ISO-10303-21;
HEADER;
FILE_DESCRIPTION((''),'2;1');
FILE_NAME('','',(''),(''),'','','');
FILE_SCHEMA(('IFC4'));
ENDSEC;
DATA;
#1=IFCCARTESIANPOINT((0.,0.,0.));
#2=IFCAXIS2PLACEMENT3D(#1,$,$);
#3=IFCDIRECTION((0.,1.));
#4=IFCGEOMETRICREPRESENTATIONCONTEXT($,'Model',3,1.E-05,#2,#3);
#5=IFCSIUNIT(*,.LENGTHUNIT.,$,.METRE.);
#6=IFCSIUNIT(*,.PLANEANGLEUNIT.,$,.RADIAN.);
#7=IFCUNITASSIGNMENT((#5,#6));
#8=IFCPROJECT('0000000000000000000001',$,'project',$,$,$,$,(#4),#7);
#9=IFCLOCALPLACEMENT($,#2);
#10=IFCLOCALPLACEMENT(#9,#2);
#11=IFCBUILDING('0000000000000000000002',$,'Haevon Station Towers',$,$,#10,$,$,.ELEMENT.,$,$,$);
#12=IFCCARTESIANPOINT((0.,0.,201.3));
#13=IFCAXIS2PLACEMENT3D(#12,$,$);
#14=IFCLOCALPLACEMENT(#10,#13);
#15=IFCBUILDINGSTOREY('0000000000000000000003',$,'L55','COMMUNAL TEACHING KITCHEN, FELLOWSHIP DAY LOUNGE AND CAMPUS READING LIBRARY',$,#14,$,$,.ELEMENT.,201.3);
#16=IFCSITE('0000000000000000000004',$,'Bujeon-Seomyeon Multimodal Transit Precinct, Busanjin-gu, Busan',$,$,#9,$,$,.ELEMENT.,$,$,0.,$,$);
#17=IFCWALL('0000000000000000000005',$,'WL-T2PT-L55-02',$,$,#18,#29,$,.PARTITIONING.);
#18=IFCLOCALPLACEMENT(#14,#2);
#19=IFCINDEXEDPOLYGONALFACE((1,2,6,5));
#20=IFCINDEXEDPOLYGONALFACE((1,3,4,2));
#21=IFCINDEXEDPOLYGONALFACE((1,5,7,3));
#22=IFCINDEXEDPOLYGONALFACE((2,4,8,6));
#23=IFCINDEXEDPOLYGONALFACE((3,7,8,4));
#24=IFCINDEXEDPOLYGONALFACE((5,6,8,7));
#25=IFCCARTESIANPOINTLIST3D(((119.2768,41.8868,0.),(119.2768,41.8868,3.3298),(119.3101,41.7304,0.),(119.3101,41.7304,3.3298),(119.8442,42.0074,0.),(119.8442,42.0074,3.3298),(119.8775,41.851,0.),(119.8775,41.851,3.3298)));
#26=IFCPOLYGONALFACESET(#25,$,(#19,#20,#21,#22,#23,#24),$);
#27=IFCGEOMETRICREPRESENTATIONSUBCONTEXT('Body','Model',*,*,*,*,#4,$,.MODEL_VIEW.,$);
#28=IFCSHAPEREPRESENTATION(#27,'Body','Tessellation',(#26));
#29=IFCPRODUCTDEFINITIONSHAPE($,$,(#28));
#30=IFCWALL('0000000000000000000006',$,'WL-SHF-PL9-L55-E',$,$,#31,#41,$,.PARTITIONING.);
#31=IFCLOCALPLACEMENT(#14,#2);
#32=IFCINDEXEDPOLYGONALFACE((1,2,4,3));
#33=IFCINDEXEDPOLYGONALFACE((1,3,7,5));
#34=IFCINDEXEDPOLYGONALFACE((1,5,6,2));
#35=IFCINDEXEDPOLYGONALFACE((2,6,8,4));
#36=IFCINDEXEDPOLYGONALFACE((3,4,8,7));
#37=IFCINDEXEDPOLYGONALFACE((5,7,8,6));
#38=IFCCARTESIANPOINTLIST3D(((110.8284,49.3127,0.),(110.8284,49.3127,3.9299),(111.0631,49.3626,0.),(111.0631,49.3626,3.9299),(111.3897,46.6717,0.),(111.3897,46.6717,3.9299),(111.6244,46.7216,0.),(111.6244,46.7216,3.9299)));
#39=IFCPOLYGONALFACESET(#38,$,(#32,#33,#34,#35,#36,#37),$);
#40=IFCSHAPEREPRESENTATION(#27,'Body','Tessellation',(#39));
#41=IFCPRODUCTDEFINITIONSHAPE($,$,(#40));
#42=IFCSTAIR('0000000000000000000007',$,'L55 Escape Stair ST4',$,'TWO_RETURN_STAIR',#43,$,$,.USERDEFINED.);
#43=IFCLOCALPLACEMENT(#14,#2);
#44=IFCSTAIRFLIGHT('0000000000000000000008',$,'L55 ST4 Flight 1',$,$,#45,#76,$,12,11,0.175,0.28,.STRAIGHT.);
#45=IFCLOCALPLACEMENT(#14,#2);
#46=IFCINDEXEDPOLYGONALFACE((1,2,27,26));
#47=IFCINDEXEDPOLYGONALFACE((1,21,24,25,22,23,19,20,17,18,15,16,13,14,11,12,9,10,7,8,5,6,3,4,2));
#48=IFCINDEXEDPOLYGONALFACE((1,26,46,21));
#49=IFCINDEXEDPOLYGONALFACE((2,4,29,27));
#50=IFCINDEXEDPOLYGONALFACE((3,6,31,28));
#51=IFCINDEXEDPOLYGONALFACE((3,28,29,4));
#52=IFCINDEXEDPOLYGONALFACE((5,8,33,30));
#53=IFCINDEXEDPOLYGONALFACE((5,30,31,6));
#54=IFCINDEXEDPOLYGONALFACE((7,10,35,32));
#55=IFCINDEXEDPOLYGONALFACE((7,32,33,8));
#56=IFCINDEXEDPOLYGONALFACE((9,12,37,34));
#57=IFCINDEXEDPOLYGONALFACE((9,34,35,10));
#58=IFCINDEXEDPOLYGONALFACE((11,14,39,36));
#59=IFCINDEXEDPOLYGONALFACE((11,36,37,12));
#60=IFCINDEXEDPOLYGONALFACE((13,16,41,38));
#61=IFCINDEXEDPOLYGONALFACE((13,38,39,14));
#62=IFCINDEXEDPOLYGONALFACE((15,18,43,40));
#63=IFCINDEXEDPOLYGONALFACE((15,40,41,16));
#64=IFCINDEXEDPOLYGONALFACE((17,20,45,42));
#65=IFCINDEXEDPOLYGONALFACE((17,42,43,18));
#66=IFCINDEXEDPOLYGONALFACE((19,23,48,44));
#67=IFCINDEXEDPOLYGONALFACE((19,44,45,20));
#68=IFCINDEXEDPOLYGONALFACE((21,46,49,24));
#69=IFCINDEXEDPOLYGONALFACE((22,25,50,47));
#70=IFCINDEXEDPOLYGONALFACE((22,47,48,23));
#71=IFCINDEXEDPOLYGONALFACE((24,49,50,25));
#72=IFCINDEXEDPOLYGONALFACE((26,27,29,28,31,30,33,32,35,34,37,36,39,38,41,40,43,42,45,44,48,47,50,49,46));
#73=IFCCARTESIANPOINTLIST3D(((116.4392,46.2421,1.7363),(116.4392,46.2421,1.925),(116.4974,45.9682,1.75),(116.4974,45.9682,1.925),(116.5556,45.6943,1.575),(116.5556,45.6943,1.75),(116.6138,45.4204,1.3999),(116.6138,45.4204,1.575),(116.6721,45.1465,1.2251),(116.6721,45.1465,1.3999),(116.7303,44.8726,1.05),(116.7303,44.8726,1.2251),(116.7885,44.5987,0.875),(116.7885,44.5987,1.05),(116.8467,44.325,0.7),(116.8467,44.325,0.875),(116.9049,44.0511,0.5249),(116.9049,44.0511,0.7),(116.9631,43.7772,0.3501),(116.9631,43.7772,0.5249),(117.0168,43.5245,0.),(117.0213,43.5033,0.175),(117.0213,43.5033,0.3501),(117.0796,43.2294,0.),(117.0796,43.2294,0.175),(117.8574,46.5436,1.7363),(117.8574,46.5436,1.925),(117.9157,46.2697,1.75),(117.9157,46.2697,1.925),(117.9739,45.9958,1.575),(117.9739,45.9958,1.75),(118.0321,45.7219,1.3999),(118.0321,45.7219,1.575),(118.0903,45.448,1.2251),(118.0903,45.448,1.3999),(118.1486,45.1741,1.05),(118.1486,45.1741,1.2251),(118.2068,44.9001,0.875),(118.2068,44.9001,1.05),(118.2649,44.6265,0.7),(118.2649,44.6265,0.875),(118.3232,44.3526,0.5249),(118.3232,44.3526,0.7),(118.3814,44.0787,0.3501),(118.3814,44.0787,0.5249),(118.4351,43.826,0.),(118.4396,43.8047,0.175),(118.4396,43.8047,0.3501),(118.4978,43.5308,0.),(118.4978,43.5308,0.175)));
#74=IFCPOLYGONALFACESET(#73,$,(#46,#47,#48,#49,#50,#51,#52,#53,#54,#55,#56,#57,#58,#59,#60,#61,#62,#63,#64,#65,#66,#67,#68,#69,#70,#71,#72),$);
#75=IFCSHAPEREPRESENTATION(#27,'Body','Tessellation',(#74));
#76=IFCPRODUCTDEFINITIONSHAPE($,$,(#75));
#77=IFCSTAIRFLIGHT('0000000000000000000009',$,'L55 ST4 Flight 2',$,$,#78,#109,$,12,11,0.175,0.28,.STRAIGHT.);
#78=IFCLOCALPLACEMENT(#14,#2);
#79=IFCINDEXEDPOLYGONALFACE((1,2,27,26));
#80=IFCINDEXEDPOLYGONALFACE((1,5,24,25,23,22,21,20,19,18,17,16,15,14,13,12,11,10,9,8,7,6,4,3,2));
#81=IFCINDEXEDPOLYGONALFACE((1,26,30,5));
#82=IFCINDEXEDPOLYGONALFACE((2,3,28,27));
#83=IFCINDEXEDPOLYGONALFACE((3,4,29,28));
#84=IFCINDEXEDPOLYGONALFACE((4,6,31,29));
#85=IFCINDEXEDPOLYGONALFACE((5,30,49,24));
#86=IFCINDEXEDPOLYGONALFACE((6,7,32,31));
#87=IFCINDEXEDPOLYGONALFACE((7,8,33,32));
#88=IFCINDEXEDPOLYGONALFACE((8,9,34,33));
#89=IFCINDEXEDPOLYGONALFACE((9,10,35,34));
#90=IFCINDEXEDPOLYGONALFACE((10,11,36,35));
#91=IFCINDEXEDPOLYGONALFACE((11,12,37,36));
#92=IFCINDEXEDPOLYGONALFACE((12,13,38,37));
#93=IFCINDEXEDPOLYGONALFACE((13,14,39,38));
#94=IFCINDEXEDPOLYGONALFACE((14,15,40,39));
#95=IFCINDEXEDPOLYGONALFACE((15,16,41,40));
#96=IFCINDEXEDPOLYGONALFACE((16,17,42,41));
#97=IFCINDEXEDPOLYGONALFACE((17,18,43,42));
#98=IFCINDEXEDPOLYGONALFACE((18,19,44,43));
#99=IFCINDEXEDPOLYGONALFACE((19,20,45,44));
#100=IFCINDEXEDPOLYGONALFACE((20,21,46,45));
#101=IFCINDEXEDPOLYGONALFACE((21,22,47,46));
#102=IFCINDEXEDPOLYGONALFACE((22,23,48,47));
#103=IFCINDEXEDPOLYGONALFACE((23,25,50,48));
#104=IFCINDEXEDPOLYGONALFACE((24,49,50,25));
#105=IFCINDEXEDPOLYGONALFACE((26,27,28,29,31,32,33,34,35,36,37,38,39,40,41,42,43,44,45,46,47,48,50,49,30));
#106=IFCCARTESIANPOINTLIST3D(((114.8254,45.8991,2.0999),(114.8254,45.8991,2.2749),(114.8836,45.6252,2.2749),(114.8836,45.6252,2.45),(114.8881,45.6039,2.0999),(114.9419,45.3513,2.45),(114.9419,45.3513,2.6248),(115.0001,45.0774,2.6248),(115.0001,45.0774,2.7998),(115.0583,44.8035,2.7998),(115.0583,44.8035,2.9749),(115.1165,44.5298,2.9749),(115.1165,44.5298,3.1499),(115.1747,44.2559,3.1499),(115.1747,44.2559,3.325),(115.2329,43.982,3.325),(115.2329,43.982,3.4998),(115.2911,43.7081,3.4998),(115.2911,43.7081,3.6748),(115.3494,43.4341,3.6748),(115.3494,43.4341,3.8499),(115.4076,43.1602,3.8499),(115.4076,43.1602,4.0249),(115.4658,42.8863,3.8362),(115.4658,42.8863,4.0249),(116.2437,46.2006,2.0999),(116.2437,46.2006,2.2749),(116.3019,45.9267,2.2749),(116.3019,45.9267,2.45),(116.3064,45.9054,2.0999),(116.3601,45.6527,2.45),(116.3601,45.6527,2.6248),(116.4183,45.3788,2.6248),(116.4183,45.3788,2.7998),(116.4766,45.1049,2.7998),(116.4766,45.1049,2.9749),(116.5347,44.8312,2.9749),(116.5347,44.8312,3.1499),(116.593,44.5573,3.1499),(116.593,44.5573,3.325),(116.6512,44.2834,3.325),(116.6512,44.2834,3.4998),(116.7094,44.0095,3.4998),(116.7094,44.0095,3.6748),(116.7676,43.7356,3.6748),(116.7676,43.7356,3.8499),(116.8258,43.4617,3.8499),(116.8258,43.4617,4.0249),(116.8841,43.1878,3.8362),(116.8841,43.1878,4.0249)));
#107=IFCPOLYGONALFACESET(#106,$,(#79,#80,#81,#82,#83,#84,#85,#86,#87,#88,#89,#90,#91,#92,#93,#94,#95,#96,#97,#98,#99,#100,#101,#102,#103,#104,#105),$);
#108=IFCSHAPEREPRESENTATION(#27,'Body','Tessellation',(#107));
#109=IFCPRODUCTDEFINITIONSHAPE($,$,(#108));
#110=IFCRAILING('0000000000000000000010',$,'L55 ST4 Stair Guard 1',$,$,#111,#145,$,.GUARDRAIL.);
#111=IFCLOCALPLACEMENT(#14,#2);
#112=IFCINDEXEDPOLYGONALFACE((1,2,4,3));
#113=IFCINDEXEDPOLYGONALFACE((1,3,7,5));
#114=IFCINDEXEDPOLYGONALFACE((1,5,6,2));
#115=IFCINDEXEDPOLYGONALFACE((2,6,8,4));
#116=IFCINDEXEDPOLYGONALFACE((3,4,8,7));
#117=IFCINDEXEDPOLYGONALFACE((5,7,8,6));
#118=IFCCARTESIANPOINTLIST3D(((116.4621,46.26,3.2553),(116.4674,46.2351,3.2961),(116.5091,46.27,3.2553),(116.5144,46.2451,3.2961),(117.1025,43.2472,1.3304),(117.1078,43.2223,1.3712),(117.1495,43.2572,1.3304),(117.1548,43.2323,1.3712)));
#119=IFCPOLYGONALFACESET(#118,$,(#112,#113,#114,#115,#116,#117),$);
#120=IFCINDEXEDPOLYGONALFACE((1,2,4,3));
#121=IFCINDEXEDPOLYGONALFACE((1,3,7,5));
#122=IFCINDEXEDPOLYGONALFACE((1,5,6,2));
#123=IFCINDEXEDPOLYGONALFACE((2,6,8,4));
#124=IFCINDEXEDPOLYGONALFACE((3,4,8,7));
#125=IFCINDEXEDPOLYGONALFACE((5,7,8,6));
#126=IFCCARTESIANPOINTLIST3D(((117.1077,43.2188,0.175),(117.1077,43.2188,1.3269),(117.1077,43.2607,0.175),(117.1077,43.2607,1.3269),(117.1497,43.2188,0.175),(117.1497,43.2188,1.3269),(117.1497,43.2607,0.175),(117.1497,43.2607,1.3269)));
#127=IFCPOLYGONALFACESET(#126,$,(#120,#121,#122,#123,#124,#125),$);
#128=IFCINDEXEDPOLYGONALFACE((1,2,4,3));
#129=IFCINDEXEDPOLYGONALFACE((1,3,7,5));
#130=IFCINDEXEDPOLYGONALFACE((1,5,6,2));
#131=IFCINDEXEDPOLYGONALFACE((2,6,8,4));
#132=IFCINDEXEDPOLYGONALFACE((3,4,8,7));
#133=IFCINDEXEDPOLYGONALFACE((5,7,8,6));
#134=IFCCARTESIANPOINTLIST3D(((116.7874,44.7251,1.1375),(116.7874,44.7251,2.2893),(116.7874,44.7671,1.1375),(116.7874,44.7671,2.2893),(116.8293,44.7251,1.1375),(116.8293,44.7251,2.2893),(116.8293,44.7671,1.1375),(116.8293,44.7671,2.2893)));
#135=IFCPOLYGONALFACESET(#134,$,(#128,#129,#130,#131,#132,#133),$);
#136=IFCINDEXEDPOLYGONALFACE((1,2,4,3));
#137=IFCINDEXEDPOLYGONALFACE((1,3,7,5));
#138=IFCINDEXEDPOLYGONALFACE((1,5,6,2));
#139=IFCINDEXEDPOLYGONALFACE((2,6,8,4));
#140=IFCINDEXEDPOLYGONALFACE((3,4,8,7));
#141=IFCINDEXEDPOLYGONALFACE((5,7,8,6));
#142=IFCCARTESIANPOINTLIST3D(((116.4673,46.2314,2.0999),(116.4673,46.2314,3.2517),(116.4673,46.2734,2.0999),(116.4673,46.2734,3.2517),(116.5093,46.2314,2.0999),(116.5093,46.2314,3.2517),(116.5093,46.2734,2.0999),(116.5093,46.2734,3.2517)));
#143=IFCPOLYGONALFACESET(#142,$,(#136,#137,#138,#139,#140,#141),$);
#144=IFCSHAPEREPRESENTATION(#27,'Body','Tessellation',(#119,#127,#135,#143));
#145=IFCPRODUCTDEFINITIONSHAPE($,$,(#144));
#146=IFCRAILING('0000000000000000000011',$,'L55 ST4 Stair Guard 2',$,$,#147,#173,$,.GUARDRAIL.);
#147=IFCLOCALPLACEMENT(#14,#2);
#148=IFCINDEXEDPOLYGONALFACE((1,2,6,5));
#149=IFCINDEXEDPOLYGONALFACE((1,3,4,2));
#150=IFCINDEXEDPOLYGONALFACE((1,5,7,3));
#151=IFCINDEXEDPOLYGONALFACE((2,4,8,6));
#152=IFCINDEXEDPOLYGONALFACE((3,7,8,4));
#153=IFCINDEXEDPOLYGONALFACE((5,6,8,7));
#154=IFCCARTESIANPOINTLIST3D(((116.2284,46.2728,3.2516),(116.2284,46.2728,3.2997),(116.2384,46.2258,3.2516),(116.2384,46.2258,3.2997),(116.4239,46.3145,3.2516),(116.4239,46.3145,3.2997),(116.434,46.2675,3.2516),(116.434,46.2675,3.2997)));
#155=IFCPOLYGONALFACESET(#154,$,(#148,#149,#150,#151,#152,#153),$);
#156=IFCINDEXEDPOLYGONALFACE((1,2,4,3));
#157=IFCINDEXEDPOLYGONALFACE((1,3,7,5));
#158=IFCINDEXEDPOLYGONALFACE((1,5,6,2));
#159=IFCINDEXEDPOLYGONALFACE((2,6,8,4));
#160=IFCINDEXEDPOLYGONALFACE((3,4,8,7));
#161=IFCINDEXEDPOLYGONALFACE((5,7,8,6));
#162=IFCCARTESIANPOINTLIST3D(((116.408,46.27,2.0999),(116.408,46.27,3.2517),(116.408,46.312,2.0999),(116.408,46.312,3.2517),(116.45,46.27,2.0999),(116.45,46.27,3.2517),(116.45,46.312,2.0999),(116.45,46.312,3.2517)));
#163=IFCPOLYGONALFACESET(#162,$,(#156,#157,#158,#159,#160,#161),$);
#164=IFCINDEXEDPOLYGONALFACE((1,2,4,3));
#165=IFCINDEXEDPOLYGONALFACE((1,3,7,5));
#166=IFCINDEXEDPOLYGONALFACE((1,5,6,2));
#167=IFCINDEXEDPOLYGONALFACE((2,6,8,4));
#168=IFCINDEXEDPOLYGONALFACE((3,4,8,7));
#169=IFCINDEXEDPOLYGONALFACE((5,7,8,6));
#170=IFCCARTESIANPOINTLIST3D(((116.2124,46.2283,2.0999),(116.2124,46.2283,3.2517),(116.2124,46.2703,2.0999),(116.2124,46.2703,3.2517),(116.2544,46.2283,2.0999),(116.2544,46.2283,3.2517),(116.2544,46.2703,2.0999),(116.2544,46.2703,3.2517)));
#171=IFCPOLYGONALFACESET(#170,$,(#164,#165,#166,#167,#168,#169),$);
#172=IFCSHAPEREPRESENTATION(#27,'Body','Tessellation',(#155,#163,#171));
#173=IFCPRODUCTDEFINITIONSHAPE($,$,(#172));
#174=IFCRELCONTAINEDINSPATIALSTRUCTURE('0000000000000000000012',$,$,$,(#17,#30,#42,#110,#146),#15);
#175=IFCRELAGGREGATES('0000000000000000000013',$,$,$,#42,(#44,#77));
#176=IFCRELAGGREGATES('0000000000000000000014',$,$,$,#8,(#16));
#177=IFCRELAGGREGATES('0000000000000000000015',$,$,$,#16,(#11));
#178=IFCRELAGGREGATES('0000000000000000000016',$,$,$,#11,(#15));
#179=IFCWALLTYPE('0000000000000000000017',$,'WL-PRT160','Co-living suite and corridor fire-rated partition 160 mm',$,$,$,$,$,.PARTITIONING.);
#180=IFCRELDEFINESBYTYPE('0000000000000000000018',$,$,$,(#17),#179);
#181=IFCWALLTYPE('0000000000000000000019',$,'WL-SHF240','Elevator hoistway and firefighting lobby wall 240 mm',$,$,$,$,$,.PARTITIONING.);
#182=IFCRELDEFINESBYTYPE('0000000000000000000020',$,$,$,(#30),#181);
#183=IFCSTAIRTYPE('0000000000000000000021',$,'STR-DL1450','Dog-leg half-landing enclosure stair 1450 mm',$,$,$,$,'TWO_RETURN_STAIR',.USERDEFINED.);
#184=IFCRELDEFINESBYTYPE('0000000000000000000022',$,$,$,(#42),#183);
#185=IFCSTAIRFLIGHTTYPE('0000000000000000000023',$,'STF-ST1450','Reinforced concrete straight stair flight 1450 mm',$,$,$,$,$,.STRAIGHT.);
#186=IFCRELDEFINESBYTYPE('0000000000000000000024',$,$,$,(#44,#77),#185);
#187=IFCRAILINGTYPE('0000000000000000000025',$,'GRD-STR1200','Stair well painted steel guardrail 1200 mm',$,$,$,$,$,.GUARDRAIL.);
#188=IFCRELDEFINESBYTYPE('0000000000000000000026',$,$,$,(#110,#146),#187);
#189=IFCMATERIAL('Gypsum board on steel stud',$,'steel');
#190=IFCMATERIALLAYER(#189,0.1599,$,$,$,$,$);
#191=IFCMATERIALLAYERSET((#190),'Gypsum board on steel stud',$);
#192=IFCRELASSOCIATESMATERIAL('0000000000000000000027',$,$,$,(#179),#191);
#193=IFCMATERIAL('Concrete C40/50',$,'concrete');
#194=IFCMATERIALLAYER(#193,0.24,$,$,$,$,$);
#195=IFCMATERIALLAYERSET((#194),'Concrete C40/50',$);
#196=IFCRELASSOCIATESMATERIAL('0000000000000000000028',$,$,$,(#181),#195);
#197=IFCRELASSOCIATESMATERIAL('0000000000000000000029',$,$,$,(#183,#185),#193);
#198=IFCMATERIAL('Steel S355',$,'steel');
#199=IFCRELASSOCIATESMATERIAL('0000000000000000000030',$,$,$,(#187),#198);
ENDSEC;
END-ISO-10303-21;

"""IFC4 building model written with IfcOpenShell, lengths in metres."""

from ifc_helpers import new_model, si_unit, direction, frame, frame_2d, origin, origin_2d, place, context, subcontext, project, spatial, polyline, rectangle, outline, extrude, material, layer, layer_set, type_object, element, aggregate, save


model = new_model("IFC4")

# Units and contexts
model_context = context("Model", 3, precision=1e-05, world=origin(), true_north=direction((0.0, 1.0)))
body_context = subcontext(model_context, "Body", "Model", "MODEL_VIEW")
ifc_project = project(units=[si_unit("LENGTHUNIT", "METRE"), si_unit("PLANEANGLEUNIT", "RADIAN")], contexts=[model_context])

# Site, building, storey
site_placement = place(None, origin())
site = spatial("IfcSite", under=ifc_project, at=site_placement, Name="Bujeon-Seomyeon Multimodal Transit Precinct, Busanjin-gu, Busan", CompositionType="ELEMENT", RefElevation=0.0)
building_placement = place(site_placement, origin())
building = spatial("IfcBuilding", under=site, at=building_placement, Name="Haevon Station Towers", CompositionType="ELEMENT")
storey_placement = place(building_placement, frame((0.0, 0.0, 201.3)))
storey = spatial("IfcBuildingStorey", under=building, at=storey_placement, Name="L55", Description="COMMUNAL TEACHING KITCHEN, FELLOWSHIP DAY LOUNGE AND CAMPUS READING LIBRARY", CompositionType="ELEMENT", Elevation=201.3)

# Shared definitions
ifc_material_1 = material(Name="Steel S355", Category="steel")

# Walls
ifc_material_2 = material(Name="Gypsum board on steel stud", Category="steel")
ifc_layer_1 = layer(ifc_material_2, 0.1599)
ifc_layer_set_1 = layer_set([ifc_layer_1], Name="Gypsum board on steel stud")
wall_type_1 = type_object("IfcWallType", Name="WL-PRT160", Description="Co-living suite and corridor fire-rated partition 160 mm", PredefinedType="PARTITIONING", material=ifc_layer_set_1)
wall_1_placement = place(storey_placement, frame((119.2935, 41.8086, 0.0), z_axis=(0.0, 0.0, 1.0), x_axis=(0.978146, 0.207919, 0.0)))
element("IfcWall", 1, at=wall_1_placement, inside=storey, type_object=wall_type_1, Name="WL-T2PT-L55-02", PredefinedType="PARTITIONING", context=body_context, shape_type="SweptSolid", body=[
    extrude(rectangle(XDim=0.5801, YDim=0.1599, at=frame_2d((0.29, 0.0))), origin(), (0.0, 0.0, 1.0), 3.3298),
])
ifc_material_3 = material(Name="Concrete C40/50", Category="concrete")
ifc_layer_2 = layer(ifc_material_3, 0.24)
ifc_layer_set_2 = layer_set([ifc_layer_2], Name="Concrete C40/50")
wall_type_2 = type_object("IfcWallType", Name="WL-SHF240", Description="Elevator hoistway and firefighting lobby wall 240 mm", PredefinedType="PARTITIONING", material=ifc_layer_set_2)
wall_2_placement = place(storey_placement, frame((111.5071, 46.6965, 0.0), z_axis=(0.0, 0.0, 1.0), x_axis=(-0.207892, 0.978152, 0.0)))
element("IfcWall", 2, at=wall_2_placement, inside=storey, type_object=wall_type_2, Name="WL-SHF-PL9-L55-E", PredefinedType="PARTITIONING", context=body_context, shape_type="SweptSolid", body=[
    extrude(rectangle(XDim=2.7, YDim=0.24, at=frame_2d((1.3501, 0.0))), origin(), (0.0, 0.0, 1.0), 3.9299),
])

# Stair, stair flights
stair_type = type_object("IfcStairType", Name="STR-DL1450", Description="Dog-leg half-landing enclosure stair 1450 mm", ElementType="TWO_RETURN_STAIR", PredefinedType="USERDEFINED", material=ifc_material_3)
stair_placement = place(storey_placement, origin())
stair = element("IfcStair", 3, at=stair_placement, inside=storey, type_object=stair_type, Name="L55 Escape Stair ST4", ObjectType="TWO_RETURN_STAIR", PredefinedType="USERDEFINED")
stair_flight_type = type_object("IfcStairFlightType", Name="STF-ST1450", Description="Reinforced concrete straight stair flight 1450 mm", PredefinedType="STRAIGHT", material=ifc_material_3)
stair_flight_1_placement = place(storey_placement, frame((117.7888, 43.3801, 0.0), z_axis=(0.0, 0.0, 1.0), x_axis=(-0.207912, 0.978148, 0.0)))
stair_flight_1 = element("IfcStairFlight", 4, at=stair_flight_1_placement, type_object=stair_flight_type, Name="L55 ST4 Flight 1", NumberOfRisers=12, NumberOfTreads=11, PredefinedType="STRAIGHT", RiserHeight=0.175, TreadLength=0.28, context=body_context, shape_type="SweptSolid", body=[
    extrude(outline(polyline([(0.0, 0.0), (0.0, 0.175), (0.28, 0.175), (0.28, 0.3501), (0.5601, 0.3501), (0.5601, 0.5249), (0.8401, 0.5249), (0.8401, 0.7), (1.1201, 0.7), (1.1201, 0.875), (1.3999, 0.875), (1.3999, 1.05), (1.6799, 1.05), (1.6799, 1.2251), (1.96, 1.2251), (1.96, 1.3999), (2.24, 1.3999), (2.24, 1.575), (2.52, 1.575), (2.52, 1.75), (2.8, 1.75), (2.8, 1.925), (3.0801, 1.925), (3.0801, 2.1001), (3.0801, 1.7363), (0.3018, 0.0), (0.0, 0.0)])), frame((0.0, 0.7251, 0.0), z_axis=(0.0, -1.0, 0.0), x_axis=(1.0, 0.0, 0.0)), (0.0, 0.0, 1.0), 1.45),
])
stair_flight_2_placement = place(storey_placement, frame((115.5344, 46.0498, 2.0999), z_axis=(0.0, 0.0, 1.0), x_axis=(0.207912, -0.978148, 0.0)))
stair_flight_2 = element("IfcStairFlight", 5, at=stair_flight_2_placement, type_object=stair_flight_type, Name="L55 ST4 Flight 2", NumberOfRisers=12, NumberOfTreads=11, PredefinedType="STRAIGHT", RiserHeight=0.175, TreadLength=0.28, context=body_context, shape_type="SweptSolid", body=[
    extrude(outline(polyline([(0.0, 0.0), (0.0, 0.175), (0.28, 0.175), (0.28, 0.3501), (0.5601, 0.3501), (0.5601, 0.5249), (0.8401, 0.5249), (0.8401, 0.7), (1.1201, 0.7), (1.1201, 0.875), (1.3999, 0.875), (1.3999, 1.05), (1.6799, 1.05), (1.6799, 1.2251), (1.96, 1.2251), (1.96, 1.3999), (2.24, 1.3999), (2.24, 1.575), (2.52, 1.575), (2.52, 1.75), (2.8, 1.75), (2.8, 1.925), (3.0801, 1.925), (3.0801, 2.1001), (3.0801, 1.7363), (0.3018, 0.0), (0.0, 0.0)])), frame((0.0, 0.7251, 0.0), z_axis=(0.0, -1.0, 0.0), x_axis=(1.0, 0.0, 0.0)), (0.0, 0.0, 1.0), 1.45),
])
aggregate(stair, [stair_flight_1, stair_flight_2])

# Railings
railing_type_1 = type_object("IfcRailingType", Name="GRD-STR1200", Description="Stair well painted steel guardrail 1200 mm", PredefinedType="GUARDRAIL", material=ifc_material_1)
railing_1_placement = place(storey_placement, frame((117.1287, 43.2397, 0.175)))
element("IfcRailing", 6, at=railing_1_placement, inside=storey, type_object=railing_type_1, Name="L55 ST4 Stair Guard 1", PredefinedType="GUARDRAIL", context=body_context, shape_type="SweptSolid", body=[
    extrude(rectangle(XDim=0.0481, YDim=0.0481, at=origin_2d()), frame((0.0, 0.0, 1.1758), z_axis=(-0.176317, 0.829491, 0.52996), x_axis=(-0.978147, -0.207916, 0.0)), (0.0, 0.0, 1.0), 3.6321),
    extrude(rectangle(XDim=0.042, YDim=0.042, at=origin_2d()), origin(), (0.0, 0.0, 1.0), 1.1519),
    extrude(rectangle(XDim=0.042, YDim=0.042, at=origin_2d()), frame((-0.3203, 1.5063, 0.9624)), (0.0, 0.0, 1.0), 1.1519),
    extrude(rectangle(XDim=0.042, YDim=0.042, at=origin_2d()), frame((-0.6404, 3.0127, 1.9248)), (0.0, 0.0, 1.0), 1.1519),
])
railing_2_placement = place(storey_placement, frame((116.429, 46.291, 2.0999)))
element("IfcRailing", 7, at=railing_2_placement, inside=storey, type_object=railing_type_1, Name="L55 ST4 Stair Guard 2", PredefinedType="GUARDRAIL", context=body_context, shape_type="SweptSolid", body=[
    extrude(rectangle(XDim=0.0481, YDim=0.0481, at=origin_2d()), frame((0.0, 0.0, 1.1758), z_axis=(-0.977963, -0.208779, 0.0), x_axis=(0.208779, -0.977963, 0.0)), (0.0, 0.0, 1.0), 0.2),
    extrude(rectangle(XDim=0.042, YDim=0.042, at=origin_2d()), origin(), (0.0, 0.0, 1.0), 1.1519),
    extrude(rectangle(XDim=0.042, YDim=0.042, at=origin_2d()), frame((-0.1956, -0.0417, 0.0)), (0.0, 0.0, 1.0), 1.1519),
])

save(model, "model.ifc")
